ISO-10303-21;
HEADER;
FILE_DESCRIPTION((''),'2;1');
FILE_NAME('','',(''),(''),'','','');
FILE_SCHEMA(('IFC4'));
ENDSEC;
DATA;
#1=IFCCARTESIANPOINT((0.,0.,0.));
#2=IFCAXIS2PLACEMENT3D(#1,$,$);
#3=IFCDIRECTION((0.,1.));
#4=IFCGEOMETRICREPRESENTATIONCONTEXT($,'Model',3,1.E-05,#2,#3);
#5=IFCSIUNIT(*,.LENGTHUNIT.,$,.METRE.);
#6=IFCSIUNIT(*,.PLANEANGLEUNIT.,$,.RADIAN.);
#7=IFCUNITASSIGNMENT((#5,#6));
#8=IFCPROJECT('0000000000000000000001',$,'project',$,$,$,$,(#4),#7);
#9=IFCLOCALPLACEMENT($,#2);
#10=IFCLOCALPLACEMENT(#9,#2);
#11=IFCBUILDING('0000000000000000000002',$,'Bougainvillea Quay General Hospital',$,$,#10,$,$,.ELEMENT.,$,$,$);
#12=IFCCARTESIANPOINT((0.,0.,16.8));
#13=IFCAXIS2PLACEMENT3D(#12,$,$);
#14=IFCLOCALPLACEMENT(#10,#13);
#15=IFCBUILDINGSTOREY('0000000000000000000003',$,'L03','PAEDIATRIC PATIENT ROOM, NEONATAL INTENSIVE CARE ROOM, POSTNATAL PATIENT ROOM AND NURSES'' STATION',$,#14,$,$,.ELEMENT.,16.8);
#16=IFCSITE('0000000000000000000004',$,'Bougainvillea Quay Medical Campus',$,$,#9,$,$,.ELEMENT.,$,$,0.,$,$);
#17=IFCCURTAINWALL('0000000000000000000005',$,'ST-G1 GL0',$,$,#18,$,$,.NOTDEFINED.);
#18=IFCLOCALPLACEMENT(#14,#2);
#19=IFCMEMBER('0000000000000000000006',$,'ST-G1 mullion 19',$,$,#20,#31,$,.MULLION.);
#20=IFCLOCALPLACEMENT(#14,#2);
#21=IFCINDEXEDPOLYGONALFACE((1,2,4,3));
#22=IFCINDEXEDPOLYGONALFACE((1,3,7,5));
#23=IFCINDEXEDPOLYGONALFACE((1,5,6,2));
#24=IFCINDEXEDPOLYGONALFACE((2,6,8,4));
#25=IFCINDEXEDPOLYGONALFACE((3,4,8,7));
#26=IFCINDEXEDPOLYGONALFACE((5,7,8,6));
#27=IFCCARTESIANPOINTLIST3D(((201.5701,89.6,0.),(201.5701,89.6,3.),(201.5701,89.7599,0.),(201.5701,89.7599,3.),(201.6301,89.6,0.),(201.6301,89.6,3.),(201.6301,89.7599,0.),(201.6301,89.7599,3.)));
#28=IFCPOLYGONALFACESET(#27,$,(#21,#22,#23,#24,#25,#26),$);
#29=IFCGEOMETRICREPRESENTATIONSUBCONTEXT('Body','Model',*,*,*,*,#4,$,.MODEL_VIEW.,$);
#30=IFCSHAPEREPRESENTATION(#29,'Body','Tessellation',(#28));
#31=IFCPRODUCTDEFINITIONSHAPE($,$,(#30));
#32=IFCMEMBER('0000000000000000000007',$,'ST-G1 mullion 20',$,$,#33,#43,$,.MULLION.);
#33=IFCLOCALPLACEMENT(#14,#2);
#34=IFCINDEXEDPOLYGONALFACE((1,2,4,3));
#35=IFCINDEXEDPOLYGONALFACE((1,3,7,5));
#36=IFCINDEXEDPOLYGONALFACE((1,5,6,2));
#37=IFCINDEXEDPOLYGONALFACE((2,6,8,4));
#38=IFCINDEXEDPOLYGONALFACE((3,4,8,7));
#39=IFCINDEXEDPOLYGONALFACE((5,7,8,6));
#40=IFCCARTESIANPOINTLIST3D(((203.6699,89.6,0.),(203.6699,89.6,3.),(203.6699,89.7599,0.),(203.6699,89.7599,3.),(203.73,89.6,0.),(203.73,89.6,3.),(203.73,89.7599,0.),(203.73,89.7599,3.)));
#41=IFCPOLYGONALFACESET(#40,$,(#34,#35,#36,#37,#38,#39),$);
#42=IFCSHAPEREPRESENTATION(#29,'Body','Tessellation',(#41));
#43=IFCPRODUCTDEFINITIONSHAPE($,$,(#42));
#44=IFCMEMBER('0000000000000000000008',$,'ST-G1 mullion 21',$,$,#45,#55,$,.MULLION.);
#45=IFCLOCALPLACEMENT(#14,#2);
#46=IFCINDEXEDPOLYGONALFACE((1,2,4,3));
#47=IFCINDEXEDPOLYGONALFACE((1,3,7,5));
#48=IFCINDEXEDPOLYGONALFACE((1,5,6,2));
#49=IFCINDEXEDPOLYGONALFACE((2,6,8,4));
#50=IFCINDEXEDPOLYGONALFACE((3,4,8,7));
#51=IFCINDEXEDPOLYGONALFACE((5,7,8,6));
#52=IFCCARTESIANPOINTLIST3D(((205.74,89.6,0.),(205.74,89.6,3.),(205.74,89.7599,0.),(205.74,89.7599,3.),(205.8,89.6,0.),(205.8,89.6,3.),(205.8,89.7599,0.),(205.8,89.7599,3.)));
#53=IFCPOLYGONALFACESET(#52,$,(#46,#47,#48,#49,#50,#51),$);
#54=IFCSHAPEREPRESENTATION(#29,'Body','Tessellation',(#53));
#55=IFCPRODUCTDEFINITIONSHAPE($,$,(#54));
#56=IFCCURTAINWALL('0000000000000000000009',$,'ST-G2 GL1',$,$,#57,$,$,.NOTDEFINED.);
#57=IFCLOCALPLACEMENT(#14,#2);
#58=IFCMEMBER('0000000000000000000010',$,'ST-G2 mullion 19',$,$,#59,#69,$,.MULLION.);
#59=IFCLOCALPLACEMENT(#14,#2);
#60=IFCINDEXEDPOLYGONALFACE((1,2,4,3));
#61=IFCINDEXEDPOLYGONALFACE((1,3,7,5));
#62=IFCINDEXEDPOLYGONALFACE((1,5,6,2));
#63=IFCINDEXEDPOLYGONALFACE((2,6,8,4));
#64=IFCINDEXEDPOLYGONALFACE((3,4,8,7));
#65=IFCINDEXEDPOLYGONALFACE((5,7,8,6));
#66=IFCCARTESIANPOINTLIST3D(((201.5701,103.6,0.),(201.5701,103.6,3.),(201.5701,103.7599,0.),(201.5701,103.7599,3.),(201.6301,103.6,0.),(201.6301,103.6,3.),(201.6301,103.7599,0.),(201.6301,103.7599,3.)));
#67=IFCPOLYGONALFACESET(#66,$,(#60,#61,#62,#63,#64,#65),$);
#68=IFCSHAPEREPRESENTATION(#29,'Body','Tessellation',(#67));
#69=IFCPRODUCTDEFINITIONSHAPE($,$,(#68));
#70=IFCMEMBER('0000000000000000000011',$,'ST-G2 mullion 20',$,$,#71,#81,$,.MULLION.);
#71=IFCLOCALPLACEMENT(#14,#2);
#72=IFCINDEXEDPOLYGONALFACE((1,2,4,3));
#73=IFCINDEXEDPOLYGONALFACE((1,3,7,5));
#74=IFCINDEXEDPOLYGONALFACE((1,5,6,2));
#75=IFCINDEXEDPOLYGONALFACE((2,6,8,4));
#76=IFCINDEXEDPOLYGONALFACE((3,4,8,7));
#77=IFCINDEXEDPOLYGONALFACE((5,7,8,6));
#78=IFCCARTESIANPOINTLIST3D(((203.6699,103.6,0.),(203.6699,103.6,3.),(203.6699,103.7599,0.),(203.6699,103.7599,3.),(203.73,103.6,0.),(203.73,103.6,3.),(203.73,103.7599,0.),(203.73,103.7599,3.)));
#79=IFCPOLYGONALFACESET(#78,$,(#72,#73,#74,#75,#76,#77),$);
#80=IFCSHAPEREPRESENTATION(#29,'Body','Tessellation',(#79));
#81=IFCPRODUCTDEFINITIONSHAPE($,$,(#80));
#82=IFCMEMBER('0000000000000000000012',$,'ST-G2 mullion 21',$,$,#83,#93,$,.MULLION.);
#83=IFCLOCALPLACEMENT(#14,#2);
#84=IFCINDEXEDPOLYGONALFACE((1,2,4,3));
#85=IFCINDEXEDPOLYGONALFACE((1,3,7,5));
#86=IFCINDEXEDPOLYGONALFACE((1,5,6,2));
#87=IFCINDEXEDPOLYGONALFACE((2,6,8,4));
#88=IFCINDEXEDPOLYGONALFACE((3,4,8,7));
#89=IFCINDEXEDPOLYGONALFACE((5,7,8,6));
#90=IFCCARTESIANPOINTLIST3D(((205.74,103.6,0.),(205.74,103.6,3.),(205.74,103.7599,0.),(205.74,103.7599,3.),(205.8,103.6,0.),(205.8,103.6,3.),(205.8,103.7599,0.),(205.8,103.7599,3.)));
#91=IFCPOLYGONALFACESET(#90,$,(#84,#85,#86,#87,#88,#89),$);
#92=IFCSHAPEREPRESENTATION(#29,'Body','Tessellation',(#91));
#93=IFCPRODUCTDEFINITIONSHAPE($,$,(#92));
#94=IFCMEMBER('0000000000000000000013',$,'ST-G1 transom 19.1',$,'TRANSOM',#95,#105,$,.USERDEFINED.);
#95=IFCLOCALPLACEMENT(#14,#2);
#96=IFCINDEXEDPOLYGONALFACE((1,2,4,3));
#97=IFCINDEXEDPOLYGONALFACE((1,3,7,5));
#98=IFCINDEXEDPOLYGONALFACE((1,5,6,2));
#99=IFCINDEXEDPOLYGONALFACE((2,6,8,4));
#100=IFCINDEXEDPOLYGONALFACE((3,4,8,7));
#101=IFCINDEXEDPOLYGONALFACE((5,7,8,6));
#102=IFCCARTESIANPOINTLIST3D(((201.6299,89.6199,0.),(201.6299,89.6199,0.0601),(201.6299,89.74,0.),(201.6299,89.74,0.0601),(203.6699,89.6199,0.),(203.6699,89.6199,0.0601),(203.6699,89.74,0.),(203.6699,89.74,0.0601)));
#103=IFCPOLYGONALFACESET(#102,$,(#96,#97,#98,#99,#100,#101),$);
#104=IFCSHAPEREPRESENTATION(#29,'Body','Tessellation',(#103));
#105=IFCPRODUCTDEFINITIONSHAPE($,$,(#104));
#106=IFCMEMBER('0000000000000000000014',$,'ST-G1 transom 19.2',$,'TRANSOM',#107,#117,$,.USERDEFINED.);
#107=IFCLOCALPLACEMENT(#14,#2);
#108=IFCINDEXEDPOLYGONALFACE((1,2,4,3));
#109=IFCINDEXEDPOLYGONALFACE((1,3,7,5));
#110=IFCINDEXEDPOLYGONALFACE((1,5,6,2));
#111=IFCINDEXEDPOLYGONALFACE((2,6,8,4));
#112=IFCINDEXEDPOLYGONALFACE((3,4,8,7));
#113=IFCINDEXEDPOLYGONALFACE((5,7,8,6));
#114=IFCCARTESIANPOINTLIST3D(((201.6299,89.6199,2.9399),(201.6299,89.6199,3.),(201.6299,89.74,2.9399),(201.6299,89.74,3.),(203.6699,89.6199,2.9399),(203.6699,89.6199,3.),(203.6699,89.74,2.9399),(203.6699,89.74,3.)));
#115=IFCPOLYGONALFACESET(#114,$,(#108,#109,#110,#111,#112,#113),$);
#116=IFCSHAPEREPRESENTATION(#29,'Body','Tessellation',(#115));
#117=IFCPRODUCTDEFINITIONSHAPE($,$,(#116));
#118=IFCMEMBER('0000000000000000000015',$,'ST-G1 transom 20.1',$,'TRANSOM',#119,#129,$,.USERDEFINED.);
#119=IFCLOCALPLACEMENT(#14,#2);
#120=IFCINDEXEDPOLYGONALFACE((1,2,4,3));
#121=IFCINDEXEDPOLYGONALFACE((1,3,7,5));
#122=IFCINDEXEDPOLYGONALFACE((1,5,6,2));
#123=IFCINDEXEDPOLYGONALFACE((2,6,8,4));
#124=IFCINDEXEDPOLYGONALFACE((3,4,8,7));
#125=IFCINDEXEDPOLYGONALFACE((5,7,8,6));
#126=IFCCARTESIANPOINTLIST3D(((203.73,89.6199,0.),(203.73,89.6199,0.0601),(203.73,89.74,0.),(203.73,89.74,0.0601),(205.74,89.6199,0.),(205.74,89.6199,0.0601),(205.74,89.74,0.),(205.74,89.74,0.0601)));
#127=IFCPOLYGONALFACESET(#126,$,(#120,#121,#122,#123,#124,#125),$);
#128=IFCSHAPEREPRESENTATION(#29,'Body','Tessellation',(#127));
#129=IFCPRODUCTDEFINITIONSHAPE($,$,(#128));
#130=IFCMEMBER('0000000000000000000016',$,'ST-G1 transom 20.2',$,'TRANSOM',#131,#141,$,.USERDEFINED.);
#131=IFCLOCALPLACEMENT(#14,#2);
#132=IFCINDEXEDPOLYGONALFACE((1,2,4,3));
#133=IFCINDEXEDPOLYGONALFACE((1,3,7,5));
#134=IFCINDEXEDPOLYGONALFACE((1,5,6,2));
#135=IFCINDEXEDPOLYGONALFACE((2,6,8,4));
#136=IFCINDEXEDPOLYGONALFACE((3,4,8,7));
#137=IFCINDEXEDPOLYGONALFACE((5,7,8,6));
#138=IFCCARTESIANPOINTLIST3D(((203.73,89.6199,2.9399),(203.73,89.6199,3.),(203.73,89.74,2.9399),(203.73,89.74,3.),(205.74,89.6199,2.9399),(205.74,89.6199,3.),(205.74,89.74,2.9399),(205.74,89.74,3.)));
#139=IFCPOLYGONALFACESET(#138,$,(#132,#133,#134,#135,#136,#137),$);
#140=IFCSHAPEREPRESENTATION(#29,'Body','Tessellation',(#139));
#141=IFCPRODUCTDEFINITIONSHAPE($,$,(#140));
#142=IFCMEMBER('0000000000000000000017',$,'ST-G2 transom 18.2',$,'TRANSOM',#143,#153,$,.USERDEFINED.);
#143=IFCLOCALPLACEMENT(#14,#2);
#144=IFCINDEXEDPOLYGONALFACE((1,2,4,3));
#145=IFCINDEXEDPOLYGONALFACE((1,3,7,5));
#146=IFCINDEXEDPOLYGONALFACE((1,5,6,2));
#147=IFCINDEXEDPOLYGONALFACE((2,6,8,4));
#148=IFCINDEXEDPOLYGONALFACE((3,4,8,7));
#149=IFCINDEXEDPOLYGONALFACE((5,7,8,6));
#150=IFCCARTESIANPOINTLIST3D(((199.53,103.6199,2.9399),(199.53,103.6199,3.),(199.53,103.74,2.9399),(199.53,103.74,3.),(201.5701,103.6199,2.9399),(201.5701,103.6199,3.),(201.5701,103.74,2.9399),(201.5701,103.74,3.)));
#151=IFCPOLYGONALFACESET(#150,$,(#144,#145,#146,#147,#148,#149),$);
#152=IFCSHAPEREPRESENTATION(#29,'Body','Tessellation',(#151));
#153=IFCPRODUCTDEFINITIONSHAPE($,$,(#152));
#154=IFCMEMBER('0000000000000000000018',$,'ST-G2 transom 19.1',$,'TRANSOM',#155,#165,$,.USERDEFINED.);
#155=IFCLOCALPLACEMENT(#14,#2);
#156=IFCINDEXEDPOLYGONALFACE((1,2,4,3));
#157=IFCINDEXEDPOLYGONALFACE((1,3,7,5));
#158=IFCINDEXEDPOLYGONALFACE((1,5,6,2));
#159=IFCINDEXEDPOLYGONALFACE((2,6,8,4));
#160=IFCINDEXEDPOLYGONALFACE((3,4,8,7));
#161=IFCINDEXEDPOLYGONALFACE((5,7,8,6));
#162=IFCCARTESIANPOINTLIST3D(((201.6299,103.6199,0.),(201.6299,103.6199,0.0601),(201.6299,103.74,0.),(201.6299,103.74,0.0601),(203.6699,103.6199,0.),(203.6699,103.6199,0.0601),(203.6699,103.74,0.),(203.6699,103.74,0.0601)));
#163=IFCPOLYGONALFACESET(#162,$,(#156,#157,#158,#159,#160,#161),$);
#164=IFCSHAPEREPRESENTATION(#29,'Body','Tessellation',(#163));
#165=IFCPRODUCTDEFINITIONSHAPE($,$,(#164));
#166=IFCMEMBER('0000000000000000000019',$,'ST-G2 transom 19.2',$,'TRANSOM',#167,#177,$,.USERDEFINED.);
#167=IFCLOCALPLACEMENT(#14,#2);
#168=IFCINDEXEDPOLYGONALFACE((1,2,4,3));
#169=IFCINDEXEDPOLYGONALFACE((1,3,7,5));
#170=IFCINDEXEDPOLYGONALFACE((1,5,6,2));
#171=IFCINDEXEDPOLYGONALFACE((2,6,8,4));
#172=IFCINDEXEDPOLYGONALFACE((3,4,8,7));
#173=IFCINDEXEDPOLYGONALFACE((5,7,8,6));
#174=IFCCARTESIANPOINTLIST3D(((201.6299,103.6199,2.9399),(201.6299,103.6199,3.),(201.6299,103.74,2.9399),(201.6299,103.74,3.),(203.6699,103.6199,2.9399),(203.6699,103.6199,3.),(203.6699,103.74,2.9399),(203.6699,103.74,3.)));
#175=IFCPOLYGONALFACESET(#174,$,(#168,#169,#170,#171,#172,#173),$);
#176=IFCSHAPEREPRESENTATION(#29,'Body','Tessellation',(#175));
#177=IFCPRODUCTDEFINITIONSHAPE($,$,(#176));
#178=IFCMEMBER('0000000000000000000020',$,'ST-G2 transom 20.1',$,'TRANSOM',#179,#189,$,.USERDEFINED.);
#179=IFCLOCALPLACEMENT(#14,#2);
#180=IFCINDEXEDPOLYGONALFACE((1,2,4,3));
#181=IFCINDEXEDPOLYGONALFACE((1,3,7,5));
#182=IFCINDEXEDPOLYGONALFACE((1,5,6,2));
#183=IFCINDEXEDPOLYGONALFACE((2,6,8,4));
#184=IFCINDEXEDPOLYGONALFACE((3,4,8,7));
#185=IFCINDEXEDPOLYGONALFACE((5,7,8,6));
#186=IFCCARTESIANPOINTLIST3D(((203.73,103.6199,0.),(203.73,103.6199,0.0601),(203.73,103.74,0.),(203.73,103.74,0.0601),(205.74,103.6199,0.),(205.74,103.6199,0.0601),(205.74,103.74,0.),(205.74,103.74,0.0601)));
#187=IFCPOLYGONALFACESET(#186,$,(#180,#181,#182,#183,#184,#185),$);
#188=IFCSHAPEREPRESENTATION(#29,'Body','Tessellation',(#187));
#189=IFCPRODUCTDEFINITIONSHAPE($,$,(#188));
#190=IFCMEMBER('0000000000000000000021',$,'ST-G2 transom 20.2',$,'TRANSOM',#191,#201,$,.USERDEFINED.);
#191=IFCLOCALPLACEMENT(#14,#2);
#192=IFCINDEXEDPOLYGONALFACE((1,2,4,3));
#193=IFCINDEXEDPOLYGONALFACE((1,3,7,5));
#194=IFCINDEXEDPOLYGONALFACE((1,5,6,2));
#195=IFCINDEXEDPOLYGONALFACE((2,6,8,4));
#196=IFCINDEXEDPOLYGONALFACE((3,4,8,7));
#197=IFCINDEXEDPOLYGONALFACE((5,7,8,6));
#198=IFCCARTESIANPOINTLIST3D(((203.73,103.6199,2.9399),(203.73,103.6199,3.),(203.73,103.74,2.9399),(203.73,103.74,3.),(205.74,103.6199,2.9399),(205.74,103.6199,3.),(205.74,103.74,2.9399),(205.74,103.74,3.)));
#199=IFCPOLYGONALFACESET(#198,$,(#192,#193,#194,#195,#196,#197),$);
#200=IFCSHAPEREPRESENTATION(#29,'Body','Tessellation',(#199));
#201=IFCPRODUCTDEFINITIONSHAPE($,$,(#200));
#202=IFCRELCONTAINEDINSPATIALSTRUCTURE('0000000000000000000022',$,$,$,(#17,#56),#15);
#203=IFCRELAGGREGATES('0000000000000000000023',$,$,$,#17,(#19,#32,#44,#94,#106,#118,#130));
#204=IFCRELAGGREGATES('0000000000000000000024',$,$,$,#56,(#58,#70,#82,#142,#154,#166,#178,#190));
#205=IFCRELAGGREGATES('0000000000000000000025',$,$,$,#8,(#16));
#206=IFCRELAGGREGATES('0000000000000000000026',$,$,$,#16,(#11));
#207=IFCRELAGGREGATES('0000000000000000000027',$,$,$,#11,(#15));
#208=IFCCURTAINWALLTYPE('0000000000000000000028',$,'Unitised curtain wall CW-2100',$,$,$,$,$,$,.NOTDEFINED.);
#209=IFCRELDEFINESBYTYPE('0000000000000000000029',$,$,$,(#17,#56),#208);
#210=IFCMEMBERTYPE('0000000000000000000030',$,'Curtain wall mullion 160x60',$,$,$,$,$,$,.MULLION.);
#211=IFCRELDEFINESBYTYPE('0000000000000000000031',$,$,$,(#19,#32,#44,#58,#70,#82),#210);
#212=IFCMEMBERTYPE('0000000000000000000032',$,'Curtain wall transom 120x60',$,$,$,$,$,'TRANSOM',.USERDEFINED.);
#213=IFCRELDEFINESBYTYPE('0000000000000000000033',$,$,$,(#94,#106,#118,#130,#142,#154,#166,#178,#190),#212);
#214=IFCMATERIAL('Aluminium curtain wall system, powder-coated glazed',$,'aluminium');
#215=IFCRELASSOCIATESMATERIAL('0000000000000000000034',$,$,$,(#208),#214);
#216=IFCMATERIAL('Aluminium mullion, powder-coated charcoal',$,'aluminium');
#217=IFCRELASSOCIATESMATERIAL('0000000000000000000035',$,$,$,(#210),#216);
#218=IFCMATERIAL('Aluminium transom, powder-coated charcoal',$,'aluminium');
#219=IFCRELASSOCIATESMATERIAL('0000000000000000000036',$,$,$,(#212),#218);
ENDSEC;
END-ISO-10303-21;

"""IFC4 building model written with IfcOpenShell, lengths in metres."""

from ifc_helpers import new_model, si_unit, direction, frame, origin, origin_2d, place, context, subcontext, project, spatial, rectangle, extrude, material, material_profile, profile_set, type_object, element, aggregate, save


model = new_model("IFC4")

# Units and contexts
model_context = context("Model", 3, precision=1e-05, world=origin(), true_north=direction((0.0, 1.0)))
body_context = subcontext(model_context, "Body", "Model", "MODEL_VIEW")
ifc_project = project(units=[si_unit("LENGTHUNIT", "METRE"), si_unit("PLANEANGLEUNIT", "RADIAN")], contexts=[model_context])

# Site, building, storey
site_placement = place(None, origin())
site = spatial("IfcSite", under=ifc_project, at=site_placement, Name="Bougainvillea Quay Medical Campus", CompositionType="ELEMENT", RefElevation=0.0)
building_placement = place(site_placement, origin())
building = spatial("IfcBuilding", under=site, at=building_placement, Name="Bougainvillea Quay General Hospital", CompositionType="ELEMENT")
storey_placement = place(building_placement, frame((0.0, 0.0, 16.8)))
storey = spatial("IfcBuildingStorey", under=building, at=storey_placement, Name="L03", Description="PAEDIATRIC PATIENT ROOM, NEONATAL INTENSIVE CARE ROOM, POSTNATAL PATIENT ROOM AND NURSES' STATION", CompositionType="ELEMENT", Elevation=16.8)

# Curtain walls, members
ifc_material_1 = material(Name="Aluminium curtain wall system, powder-coated glazed", Category="aluminium")
curtain_wall_type = type_object("IfcCurtainWallType", Name="Unitised curtain wall CW-2100", PredefinedType="NOTDEFINED", material=ifc_material_1)
curtain_wall_1_placement = place(storey_placement, origin())
curtain_wall_1 = element("IfcCurtainWall", 1, at=curtain_wall_1_placement, inside=storey, type_object=curtain_wall_type, Name="ST-G1 GL0", PredefinedType="NOTDEFINED")
ifc_material_2 = material(Name="Aluminium mullion, powder-coated charcoal", Category="aluminium")
ifc_material_profile_1 = material_profile(ifc_material_2, rectangle(XDim=0.1599, YDim=0.0601, at=origin_2d()))
ifc_profile_set_1 = profile_set([ifc_material_profile_1], Name="Aluminium mullion, powder-coated charcoal")
member_type_1 = type_object("IfcMemberType", Name="Curtain wall mullion 160x60", PredefinedType="MULLION", material=ifc_profile_set_1)
member_1_placement = place(storey_placement, frame((201.6001, 89.6799, 0.0), z_axis=(0.0, 0.0, 1.0), x_axis=(0.0, 1.0, 0.0)))
member_1 = element("IfcMember", 2, at=member_1_placement, type_object=member_type_1, Name="ST-G1 mullion 19", PredefinedType="MULLION", context=body_context, shape_type="SweptSolid", body=[
    extrude(rectangle(XDim=0.1599, YDim=0.0601, at=origin_2d()), origin(), (0.0, 0.0, 1.0), 3.0),
])
member_2_placement = place(storey_placement, frame((203.7, 89.6799, 0.0), z_axis=(0.0, 0.0, 1.0), x_axis=(0.0, 1.0, 0.0)))
member_2 = element("IfcMember", 3, at=member_2_placement, type_object=member_type_1, Name="ST-G1 mullion 20", PredefinedType="MULLION", context=body_context, shape_type="SweptSolid", body=[
    extrude(rectangle(XDim=0.1599, YDim=0.0601, at=origin_2d()), origin(), (0.0, 0.0, 1.0), 3.0),
])
member_3_placement = place(storey_placement, frame((205.77, 89.6799, 0.0), z_axis=(0.0, 0.0, 1.0), x_axis=(0.0, 1.0, 0.0)))
member_3 = element("IfcMember", 4, at=member_3_placement, type_object=member_type_1, Name="ST-G1 mullion 21", PredefinedType="MULLION", context=body_context, shape_type="SweptSolid", body=[
    extrude(rectangle(XDim=0.1599, YDim=0.0601, at=origin_2d()), origin(), (0.0, 0.0, 1.0), 3.0),
])
curtain_wall_2_placement = place(storey_placement, origin())
curtain_wall_2 = element("IfcCurtainWall", 5, at=curtain_wall_2_placement, inside=storey, type_object=curtain_wall_type, Name="ST-G2 GL1", PredefinedType="NOTDEFINED")
member_4_placement = place(storey_placement, frame((201.6001, 103.6799, 0.0), z_axis=(0.0, 0.0, 1.0), x_axis=(0.0, 1.0, 0.0)))
member_4 = element("IfcMember", 6, at=member_4_placement, type_object=member_type_1, Name="ST-G2 mullion 19", PredefinedType="MULLION", context=body_context, shape_type="SweptSolid", body=[
    extrude(rectangle(XDim=0.1599, YDim=0.0601, at=origin_2d()), origin(), (0.0, 0.0, 1.0), 3.0),
])
member_5_placement = place(storey_placement, frame((203.7, 103.6799, 0.0), z_axis=(0.0, 0.0, 1.0), x_axis=(0.0, 1.0, 0.0)))
member_5 = element("IfcMember", 7, at=member_5_placement, type_object=member_type_1, Name="ST-G2 mullion 20", PredefinedType="MULLION", context=body_context, shape_type="SweptSolid", body=[
    extrude(rectangle(XDim=0.1599, YDim=0.0601, at=origin_2d()), origin(), (0.0, 0.0, 1.0), 3.0),
])
member_6_placement = place(storey_placement, frame((205.77, 103.6799, 0.0), z_axis=(0.0, 0.0, 1.0), x_axis=(0.0, 1.0, 0.0)))
member_6 = element("IfcMember", 8, at=member_6_placement, type_object=member_type_1, Name="ST-G2 mullion 21", PredefinedType="MULLION", context=body_context, shape_type="SweptSolid", body=[
    extrude(rectangle(XDim=0.1599, YDim=0.0601, at=origin_2d()), origin(), (0.0, 0.0, 1.0), 3.0),
])

# Members
ifc_material_3 = material(Name="Aluminium transom, powder-coated charcoal", Category="aluminium")
ifc_material_profile_2 = material_profile(ifc_material_3, rectangle(XDim=0.1201, YDim=0.0601, at=origin_2d()))
ifc_profile_set_2 = profile_set([ifc_material_profile_2], Name="Aluminium transom, powder-coated charcoal")
member_type_2 = type_object("IfcMemberType", Name="Curtain wall transom 120x60", ElementType="TRANSOM", PredefinedType="USERDEFINED", material=ifc_profile_set_2)
member_7_placement = place(storey_placement, frame((201.6299, 89.6799, 0.03), z_axis=(1.0, 0.0, 0.0), x_axis=(0.0, 1.0, 0.0)))
member_7 = element("IfcMember", 9, at=member_7_placement, type_object=member_type_2, Name="ST-G1 transom 19.1", ObjectType="TRANSOM", PredefinedType="USERDEFINED", context=body_context, shape_type="SweptSolid", body=[
    extrude(rectangle(XDim=0.1201, YDim=0.0601, at=origin_2d()), origin(), (0.0, 0.0, 1.0), 2.04),
])
member_8_placement = place(storey_placement, frame((201.6299, 89.6799, 2.97), z_axis=(1.0, 0.0, 0.0), x_axis=(0.0, 1.0, 0.0)))
member_8 = element("IfcMember", 10, at=member_8_placement, type_object=member_type_2, Name="ST-G1 transom 19.2", ObjectType="TRANSOM", PredefinedType="USERDEFINED", context=body_context, shape_type="SweptSolid", body=[
    extrude(rectangle(XDim=0.1201, YDim=0.0601, at=origin_2d()), origin(), (0.0, 0.0, 1.0), 2.04),
])
member_9_placement = place(storey_placement, frame((203.73, 89.6799, 0.03), z_axis=(1.0, 0.0, 0.0), x_axis=(0.0, 1.0, 0.0)))
member_9 = element("IfcMember", 11, at=member_9_placement, type_object=member_type_2, Name="ST-G1 transom 20.1", ObjectType="TRANSOM", PredefinedType="USERDEFINED", context=body_context, shape_type="SweptSolid", body=[
    extrude(rectangle(XDim=0.1201, YDim=0.0601, at=origin_2d()), origin(), (0.0, 0.0, 1.0), 2.01),
])
member_10_placement = place(storey_placement, frame((203.73, 89.6799, 2.97), z_axis=(1.0, 0.0, 0.0), x_axis=(0.0, 1.0, 0.0)))
member_10 = element("IfcMember", 12, at=member_10_placement, type_object=member_type_2, Name="ST-G1 transom 20.2", ObjectType="TRANSOM", PredefinedType="USERDEFINED", context=body_context, shape_type="SweptSolid", body=[
    extrude(rectangle(XDim=0.1201, YDim=0.0601, at=origin_2d()), origin(), (0.0, 0.0, 1.0), 2.01),
])
member_11_placement = place(storey_placement, frame((199.53, 103.6799, 2.97), z_axis=(1.0, 0.0, 0.0), x_axis=(0.0, 1.0, 0.0)))
member_11 = element("IfcMember", 13, at=member_11_placement, type_object=member_type_2, Name="ST-G2 transom 18.2", ObjectType="TRANSOM", PredefinedType="USERDEFINED", context=body_context, shape_type="SweptSolid", body=[
    extrude(rectangle(XDim=0.1201, YDim=0.0601, at=origin_2d()), origin(), (0.0, 0.0, 1.0), 2.04),
])
member_12_placement = place(storey_placement, frame((201.6299, 103.6799, 0.03), z_axis=(1.0, 0.0, 0.0), x_axis=(0.0, 1.0, 0.0)))
member_12 = element("IfcMember", 14, at=member_12_placement, type_object=member_type_2, Name="ST-G2 transom 19.1", ObjectType="TRANSOM", PredefinedType="USERDEFINED", context=body_context, shape_type="SweptSolid", body=[
    extrude(rectangle(XDim=0.1201, YDim=0.0601, at=origin_2d()), origin(), (0.0, 0.0, 1.0), 2.04),
])
member_13_placement = place(storey_placement, frame((201.6299, 103.6799, 2.97), z_axis=(1.0, 0.0, 0.0), x_axis=(0.0, 1.0, 0.0)))
member_13 = element("IfcMember", 15, at=member_13_placement, type_object=member_type_2, Name="ST-G2 transom 19.2", ObjectType="TRANSOM", PredefinedType="USERDEFINED", context=body_context, shape_type="SweptSolid", body=[
    extrude(rectangle(XDim=0.1201, YDim=0.0601, at=origin_2d()), origin(), (0.0, 0.0, 1.0), 2.04),
])
member_14_placement = place(storey_placement, frame((203.73, 103.6799, 0.03), z_axis=(1.0, 0.0, 0.0), x_axis=(0.0, 1.0, 0.0)))
member_14 = element("IfcMember", 16, at=member_14_placement, type_object=member_type_2, Name="ST-G2 transom 20.1", ObjectType="TRANSOM", PredefinedType="USERDEFINED", context=body_context, shape_type="SweptSolid", body=[
    extrude(rectangle(XDim=0.1201, YDim=0.0601, at=origin_2d()), origin(), (0.0, 0.0, 1.0), 2.01),
])
member_15_placement = place(storey_placement, frame((203.73, 103.6799, 2.97), z_axis=(1.0, 0.0, 0.0), x_axis=(0.0, 1.0, 0.0)))
member_15 = element("IfcMember", 17, at=member_15_placement, type_object=member_type_2, Name="ST-G2 transom 20.2", ObjectType="TRANSOM", PredefinedType="USERDEFINED", context=body_context, shape_type="SweptSolid", body=[
    extrude(rectangle(XDim=0.1201, YDim=0.0601, at=origin_2d()), origin(), (0.0, 0.0, 1.0), 2.01),
])

aggregate(curtain_wall_1, [member_1, member_2, member_3, member_7, member_8, member_9, member_10])
aggregate(curtain_wall_2, [member_4, member_5, member_6, member_11, member_12, member_13, member_14, member_15])

save(model, "model.ifc")
